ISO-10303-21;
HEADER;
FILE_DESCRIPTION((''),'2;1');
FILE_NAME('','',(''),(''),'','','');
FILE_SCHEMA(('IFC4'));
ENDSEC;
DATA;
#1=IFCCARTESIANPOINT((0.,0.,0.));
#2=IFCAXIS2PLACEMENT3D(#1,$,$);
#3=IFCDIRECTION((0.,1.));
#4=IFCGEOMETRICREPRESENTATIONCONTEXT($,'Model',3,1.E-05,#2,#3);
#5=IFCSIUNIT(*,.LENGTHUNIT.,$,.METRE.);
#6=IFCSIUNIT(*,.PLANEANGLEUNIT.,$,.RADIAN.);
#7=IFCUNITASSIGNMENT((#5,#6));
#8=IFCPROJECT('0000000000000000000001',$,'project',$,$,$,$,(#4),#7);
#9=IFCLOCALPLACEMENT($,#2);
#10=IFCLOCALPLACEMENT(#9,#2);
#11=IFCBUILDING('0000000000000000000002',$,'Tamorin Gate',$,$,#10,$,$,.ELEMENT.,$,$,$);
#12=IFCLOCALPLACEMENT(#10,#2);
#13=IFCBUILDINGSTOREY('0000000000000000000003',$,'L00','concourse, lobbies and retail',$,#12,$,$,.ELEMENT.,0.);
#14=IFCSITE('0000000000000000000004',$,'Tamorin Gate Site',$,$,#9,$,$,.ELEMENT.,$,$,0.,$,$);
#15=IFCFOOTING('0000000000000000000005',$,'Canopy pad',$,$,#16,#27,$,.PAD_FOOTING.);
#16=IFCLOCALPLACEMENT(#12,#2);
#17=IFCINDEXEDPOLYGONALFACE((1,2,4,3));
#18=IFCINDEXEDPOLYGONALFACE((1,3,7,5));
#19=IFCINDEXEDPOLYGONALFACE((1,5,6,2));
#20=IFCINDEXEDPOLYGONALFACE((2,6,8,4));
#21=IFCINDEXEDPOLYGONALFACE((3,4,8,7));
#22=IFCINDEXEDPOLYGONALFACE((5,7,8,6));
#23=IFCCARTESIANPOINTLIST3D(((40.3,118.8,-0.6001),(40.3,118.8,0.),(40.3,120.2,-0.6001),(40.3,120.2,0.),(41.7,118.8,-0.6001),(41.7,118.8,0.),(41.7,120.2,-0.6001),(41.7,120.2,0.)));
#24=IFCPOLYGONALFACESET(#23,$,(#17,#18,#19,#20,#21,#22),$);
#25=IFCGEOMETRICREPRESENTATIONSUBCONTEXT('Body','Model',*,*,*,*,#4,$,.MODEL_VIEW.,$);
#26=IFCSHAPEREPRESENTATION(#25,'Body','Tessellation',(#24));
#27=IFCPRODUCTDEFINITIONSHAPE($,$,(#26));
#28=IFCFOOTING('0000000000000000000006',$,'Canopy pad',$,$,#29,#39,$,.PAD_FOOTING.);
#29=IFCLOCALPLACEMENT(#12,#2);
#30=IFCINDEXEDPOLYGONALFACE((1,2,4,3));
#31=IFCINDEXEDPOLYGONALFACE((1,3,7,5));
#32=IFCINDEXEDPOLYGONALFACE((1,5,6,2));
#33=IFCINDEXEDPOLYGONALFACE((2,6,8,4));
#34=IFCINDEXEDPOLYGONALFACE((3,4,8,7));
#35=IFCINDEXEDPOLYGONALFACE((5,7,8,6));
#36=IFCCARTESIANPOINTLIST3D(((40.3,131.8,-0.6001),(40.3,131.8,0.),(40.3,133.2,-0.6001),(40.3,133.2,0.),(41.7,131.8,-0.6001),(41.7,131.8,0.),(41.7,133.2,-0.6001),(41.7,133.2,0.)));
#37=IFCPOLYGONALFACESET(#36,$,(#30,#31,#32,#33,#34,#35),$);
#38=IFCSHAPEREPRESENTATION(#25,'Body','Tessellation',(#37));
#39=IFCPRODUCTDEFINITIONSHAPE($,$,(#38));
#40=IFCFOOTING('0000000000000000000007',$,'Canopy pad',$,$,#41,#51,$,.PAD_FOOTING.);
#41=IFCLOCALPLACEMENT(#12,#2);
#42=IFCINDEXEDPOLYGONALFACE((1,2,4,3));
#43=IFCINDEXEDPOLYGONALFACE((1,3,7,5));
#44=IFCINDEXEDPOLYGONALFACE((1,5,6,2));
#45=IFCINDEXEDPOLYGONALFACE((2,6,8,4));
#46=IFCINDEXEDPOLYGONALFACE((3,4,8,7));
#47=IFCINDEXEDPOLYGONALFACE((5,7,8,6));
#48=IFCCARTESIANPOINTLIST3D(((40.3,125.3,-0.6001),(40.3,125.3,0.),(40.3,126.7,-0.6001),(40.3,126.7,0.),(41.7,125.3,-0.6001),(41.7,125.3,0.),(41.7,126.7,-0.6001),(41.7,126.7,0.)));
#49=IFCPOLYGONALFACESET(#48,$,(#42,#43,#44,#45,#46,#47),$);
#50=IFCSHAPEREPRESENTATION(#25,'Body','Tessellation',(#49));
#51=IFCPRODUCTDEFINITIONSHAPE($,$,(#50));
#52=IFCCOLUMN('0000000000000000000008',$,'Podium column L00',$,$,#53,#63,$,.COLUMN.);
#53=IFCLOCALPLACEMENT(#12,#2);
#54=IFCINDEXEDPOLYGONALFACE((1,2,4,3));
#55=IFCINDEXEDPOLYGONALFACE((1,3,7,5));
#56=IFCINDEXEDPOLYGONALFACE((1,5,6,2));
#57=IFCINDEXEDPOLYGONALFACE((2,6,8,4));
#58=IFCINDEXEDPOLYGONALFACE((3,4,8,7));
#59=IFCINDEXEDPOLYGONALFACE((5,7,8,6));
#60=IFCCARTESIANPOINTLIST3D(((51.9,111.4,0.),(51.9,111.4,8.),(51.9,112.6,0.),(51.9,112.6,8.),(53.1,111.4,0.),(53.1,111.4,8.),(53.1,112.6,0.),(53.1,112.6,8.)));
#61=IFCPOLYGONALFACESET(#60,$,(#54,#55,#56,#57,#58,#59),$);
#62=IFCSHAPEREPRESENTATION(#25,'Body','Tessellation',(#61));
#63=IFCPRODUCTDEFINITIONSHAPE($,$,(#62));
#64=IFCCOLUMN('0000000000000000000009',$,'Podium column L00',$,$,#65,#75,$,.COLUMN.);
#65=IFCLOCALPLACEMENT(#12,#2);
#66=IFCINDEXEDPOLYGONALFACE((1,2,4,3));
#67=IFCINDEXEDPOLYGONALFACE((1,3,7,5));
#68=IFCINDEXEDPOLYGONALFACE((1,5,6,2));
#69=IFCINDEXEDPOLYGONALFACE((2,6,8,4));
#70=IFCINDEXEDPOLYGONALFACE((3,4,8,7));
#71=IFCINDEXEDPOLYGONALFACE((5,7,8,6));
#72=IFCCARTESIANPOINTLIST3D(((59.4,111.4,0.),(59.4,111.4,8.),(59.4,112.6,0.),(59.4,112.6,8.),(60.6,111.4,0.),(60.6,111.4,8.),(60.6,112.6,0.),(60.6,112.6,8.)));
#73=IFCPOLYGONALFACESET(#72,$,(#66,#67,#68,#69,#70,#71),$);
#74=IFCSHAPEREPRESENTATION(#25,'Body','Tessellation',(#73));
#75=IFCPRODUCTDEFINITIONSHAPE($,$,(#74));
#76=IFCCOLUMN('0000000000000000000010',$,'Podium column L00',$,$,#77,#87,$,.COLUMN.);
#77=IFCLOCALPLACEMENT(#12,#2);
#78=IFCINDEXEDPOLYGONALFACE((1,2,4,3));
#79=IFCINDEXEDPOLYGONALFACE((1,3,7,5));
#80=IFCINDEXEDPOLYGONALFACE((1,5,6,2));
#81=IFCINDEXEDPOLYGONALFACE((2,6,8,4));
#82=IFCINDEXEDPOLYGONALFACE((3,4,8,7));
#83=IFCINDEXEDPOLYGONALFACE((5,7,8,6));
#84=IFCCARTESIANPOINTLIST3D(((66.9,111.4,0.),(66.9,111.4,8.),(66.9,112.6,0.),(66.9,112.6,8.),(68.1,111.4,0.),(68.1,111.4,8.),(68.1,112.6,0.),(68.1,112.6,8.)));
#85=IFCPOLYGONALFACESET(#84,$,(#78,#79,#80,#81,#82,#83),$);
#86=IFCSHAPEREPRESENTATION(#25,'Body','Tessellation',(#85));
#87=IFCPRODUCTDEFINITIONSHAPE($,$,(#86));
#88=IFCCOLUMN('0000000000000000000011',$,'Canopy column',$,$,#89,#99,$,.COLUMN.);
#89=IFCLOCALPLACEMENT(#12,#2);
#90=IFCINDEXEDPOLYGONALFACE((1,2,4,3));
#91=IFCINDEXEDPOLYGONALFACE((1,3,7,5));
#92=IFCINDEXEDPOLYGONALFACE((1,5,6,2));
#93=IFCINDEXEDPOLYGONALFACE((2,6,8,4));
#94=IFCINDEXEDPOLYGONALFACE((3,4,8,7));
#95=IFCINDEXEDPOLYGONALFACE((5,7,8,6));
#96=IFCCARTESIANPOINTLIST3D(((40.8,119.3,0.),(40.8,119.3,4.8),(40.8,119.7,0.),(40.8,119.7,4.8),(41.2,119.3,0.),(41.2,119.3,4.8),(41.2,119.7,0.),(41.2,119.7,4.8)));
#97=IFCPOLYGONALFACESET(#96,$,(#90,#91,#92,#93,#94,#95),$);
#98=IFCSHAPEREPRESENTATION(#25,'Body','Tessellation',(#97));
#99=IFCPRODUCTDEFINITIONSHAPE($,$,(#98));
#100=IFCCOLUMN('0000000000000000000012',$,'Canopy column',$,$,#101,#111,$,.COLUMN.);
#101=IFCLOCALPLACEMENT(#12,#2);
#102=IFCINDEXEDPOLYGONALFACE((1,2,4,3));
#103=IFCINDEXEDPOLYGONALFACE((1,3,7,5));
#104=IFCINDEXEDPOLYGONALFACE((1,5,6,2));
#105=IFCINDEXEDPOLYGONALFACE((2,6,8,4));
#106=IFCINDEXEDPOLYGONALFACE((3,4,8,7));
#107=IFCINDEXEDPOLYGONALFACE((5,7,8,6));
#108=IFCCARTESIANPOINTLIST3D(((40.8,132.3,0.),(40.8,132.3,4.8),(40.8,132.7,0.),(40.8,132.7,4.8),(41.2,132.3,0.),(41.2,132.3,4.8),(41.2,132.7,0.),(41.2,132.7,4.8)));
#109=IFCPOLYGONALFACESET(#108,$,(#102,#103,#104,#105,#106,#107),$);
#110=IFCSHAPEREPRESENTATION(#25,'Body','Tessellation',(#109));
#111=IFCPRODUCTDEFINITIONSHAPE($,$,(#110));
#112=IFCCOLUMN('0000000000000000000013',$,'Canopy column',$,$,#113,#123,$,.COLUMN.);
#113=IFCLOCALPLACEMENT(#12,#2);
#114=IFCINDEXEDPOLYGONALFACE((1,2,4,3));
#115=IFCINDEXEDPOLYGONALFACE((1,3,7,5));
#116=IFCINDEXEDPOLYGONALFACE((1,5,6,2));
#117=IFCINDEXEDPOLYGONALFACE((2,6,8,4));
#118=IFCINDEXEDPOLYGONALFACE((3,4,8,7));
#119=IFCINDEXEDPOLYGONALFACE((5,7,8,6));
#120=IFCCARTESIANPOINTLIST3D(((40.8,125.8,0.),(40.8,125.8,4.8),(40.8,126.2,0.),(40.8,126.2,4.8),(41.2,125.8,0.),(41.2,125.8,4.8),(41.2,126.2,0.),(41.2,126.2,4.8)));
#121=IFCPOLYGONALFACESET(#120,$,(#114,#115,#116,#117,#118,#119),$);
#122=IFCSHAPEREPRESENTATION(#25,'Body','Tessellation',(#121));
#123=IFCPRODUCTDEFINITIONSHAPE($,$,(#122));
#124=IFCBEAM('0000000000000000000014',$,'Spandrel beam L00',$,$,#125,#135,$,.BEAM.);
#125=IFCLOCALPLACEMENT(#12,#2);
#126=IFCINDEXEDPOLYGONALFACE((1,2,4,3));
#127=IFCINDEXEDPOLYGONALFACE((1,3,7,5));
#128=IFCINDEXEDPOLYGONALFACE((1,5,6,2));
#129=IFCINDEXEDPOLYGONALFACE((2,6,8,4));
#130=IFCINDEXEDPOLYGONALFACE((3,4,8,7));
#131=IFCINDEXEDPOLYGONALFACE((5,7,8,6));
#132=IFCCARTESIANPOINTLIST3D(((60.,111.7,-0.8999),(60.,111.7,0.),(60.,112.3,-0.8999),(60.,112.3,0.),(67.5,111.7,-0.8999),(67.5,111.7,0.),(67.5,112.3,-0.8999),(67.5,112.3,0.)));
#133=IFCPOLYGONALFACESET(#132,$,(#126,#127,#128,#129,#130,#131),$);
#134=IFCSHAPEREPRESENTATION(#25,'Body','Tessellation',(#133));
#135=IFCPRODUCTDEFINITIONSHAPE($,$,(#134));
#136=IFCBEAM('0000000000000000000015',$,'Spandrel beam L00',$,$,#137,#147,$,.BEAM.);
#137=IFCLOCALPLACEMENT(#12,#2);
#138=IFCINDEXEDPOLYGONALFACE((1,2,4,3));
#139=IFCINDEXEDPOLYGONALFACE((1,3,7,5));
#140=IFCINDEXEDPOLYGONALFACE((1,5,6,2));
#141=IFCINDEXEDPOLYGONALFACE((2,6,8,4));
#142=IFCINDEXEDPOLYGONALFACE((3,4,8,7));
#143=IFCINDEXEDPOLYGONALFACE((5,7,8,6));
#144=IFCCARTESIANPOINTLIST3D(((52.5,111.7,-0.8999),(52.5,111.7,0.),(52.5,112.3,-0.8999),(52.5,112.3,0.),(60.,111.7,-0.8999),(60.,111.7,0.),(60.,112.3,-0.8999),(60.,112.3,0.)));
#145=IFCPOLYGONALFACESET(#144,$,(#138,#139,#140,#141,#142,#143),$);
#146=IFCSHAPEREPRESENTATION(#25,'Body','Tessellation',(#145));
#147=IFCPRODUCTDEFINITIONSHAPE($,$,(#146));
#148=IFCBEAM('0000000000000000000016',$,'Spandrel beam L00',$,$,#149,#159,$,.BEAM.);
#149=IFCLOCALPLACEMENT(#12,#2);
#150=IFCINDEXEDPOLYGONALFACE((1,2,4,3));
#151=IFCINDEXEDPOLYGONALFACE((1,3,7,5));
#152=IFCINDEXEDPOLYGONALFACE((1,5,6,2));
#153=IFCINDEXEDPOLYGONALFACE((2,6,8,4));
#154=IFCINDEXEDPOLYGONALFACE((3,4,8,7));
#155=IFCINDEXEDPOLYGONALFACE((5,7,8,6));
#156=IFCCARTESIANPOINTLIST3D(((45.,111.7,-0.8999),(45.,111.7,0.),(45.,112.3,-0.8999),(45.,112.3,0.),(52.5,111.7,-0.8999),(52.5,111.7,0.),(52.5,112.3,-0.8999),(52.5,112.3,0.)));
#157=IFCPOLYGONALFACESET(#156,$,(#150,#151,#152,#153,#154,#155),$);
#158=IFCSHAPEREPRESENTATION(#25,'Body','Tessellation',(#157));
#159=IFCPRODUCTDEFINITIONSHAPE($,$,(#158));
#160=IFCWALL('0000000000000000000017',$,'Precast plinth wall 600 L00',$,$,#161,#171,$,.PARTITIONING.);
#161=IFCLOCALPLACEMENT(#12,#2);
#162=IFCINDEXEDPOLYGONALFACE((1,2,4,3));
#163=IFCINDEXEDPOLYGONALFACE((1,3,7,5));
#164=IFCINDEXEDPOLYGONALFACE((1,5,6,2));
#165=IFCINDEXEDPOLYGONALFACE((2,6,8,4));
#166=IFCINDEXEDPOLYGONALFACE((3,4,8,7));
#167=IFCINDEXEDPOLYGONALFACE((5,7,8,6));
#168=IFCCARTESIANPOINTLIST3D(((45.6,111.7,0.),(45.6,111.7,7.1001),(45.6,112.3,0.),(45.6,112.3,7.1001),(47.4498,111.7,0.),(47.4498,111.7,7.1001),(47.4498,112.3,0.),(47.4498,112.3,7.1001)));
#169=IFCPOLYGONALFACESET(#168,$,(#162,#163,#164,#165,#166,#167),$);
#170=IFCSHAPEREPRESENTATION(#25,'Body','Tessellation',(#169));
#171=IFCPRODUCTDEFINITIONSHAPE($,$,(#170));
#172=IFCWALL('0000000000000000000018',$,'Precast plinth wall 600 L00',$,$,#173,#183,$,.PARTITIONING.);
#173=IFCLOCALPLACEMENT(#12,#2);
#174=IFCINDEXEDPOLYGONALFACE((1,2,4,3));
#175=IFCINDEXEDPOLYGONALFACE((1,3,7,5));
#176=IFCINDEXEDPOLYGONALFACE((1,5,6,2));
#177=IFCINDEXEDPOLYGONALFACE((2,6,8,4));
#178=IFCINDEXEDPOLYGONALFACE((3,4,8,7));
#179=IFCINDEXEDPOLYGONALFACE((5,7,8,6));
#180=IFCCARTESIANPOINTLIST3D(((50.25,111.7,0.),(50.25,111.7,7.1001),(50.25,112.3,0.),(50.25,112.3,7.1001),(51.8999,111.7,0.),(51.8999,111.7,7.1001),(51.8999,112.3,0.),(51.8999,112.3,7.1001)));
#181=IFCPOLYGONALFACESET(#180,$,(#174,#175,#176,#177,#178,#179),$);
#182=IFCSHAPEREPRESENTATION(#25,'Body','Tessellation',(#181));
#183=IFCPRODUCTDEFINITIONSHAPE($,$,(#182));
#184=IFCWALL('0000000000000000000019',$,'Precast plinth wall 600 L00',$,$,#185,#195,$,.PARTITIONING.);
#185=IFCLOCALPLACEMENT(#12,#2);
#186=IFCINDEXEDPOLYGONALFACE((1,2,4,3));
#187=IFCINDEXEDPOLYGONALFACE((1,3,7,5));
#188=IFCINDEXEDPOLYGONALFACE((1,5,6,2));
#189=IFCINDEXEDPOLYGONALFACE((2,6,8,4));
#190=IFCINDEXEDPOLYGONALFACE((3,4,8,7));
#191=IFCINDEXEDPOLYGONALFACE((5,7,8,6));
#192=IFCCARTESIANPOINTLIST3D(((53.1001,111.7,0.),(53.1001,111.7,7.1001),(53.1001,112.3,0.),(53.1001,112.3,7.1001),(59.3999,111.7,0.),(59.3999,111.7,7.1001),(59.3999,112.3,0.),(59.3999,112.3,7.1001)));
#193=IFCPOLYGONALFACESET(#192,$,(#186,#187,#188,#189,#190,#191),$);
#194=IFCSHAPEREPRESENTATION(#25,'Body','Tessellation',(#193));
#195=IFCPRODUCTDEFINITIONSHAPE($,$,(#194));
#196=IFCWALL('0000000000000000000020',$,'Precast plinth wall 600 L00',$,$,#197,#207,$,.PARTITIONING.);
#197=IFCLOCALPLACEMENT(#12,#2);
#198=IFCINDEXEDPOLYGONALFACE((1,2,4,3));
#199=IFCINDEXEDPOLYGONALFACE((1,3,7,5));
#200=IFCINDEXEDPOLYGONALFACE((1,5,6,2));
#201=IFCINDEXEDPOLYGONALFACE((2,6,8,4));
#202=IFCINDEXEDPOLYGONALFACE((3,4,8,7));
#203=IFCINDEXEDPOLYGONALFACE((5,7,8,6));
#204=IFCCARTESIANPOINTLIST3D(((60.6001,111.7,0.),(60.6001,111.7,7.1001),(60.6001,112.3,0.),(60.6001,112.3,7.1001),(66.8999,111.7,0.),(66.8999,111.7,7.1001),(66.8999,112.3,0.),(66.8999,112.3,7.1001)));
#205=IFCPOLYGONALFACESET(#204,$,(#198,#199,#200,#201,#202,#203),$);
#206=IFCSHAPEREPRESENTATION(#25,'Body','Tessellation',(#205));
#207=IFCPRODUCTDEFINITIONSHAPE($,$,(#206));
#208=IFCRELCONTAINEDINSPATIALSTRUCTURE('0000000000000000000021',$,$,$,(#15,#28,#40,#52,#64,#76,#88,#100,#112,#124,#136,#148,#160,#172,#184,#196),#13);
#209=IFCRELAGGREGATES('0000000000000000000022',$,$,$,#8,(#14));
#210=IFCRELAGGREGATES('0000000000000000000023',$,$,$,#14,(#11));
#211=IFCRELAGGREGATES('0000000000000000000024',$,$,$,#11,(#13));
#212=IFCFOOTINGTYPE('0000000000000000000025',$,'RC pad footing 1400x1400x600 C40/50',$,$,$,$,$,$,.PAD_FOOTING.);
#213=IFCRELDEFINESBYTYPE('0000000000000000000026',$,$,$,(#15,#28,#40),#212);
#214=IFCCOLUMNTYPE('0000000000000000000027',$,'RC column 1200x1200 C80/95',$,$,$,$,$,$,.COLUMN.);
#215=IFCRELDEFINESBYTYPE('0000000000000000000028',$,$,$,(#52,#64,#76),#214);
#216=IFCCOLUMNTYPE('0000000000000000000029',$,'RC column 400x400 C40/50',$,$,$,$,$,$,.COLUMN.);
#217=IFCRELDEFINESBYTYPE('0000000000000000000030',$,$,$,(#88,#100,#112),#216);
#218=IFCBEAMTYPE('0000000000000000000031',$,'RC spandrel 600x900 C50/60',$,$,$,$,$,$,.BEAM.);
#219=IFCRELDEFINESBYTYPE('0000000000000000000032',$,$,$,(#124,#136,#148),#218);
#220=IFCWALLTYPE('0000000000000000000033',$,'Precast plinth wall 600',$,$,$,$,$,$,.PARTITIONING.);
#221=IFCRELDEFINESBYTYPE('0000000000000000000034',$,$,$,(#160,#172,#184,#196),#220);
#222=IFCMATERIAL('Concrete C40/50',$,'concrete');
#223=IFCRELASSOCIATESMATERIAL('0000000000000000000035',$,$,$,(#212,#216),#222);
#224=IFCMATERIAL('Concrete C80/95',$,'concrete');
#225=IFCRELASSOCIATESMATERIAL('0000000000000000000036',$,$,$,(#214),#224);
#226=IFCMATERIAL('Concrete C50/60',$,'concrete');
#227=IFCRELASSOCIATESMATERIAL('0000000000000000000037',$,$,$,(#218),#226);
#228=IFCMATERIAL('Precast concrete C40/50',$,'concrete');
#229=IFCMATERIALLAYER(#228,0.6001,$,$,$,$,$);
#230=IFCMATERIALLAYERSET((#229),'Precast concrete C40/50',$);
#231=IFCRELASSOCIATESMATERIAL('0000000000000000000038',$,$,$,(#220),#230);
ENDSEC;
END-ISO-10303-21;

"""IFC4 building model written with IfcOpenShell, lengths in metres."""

from ifc_helpers import new_model, si_unit, direction, frame, frame_2d, origin, origin_2d, place, context, subcontext, project, spatial, rectangle, extrude, material, layer, layer_set, material_profile, profile_set, type_object, element, save


model = new_model("IFC4")

# Units and contexts
model_context = context("Model", 3, precision=1e-05, world=origin(), true_north=direction((0.0, 1.0)))
body_context = subcontext(model_context, "Body", "Model", "MODEL_VIEW")
ifc_project = project(units=[si_unit("LENGTHUNIT", "METRE"), si_unit("PLANEANGLEUNIT", "RADIAN")], contexts=[model_context])

# Site, building, storey
site_placement = place(None, origin())
site = spatial("IfcSite", under=ifc_project, at=site_placement, Name="Tamorin Gate Site", CompositionType="ELEMENT", RefElevation=0.0)
building_placement = place(site_placement, origin())
building = spatial("IfcBuilding", under=site, at=building_placement, Name="Tamorin Gate", CompositionType="ELEMENT")
storey_placement = place(building_placement, origin())
storey = spatial("IfcBuildingStorey", under=building, at=storey_placement, Name="L00", Description="concourse, lobbies and retail", CompositionType="ELEMENT", Elevation=0.0)

# Footings
ifc_material_1 = material(Name="Concrete C40/50", Category="concrete")
footing_type = type_object("IfcFootingType", Name="RC pad footing 1400x1400x600 C40/50", PredefinedType="PAD_FOOTING", material=ifc_material_1)
for number, where, z_axis, x_axis, name in (
    (1, (41.0, 119.5, -0.6001), (0.0, 0.0, 1.0), (1.0, 0.0, 0.0), "Canopy pad"),
    (2, (41.0, 132.5, -0.6001), (0.0, 0.0, 1.0), (1.0, 0.0, 0.0), "Canopy pad"),
    (3, (41.0, 126.0, -0.6001), (0.0, 0.0, 1.0), (1.0, 0.0, 0.0), "Canopy pad"),
):
    element("IfcFooting", number, at=place(storey_placement, frame(where, z_axis=z_axis, x_axis=x_axis)), inside=storey, type_object=footing_type, Name=name, PredefinedType="PAD_FOOTING", context=body_context, shape_type="SweptSolid", body=[
        extrude(rectangle(XDim=1.3999, YDim=1.3999, at=origin_2d()), origin(), (0.0, 0.0, 1.0), 0.6001),
    ])

# Columns
ifc_material_2 = material(Name="Concrete C80/95", Category="concrete")
ifc_material_profile_1 = material_profile(ifc_material_2, rectangle(XDim=1.2, YDim=1.2, at=origin_2d()), Name="RC 1200x1200")
ifc_profile_set_1 = profile_set([ifc_material_profile_1], Name="Concrete C80/95")
column_type_1 = type_object("IfcColumnType", Name="RC column 1200x1200 C80/95", PredefinedType="COLUMN", material=ifc_profile_set_1)
for number, where, z_axis, x_axis, name in (
    (4, (52.5, 112.0, 0.0), (0.0, 0.0, 1.0), (1.0, 0.0, 0.0), "Podium column L00"),
    (5, (60.0, 112.0, 0.0), (0.0, 0.0, 1.0), (1.0, 0.0, 0.0), "Podium column L00"),
    (6, (67.5, 112.0, 0.0), (0.0, 0.0, 1.0), (1.0, 0.0, 0.0), "Podium column L00"),
):
    element("IfcColumn", number, at=place(storey_placement, frame(where, z_axis=z_axis, x_axis=x_axis)), inside=storey, type_object=column_type_1, Name=name, PredefinedType="COLUMN", context=body_context, shape_type="SweptSolid", body=[
        extrude(rectangle(XDim=1.2, YDim=1.2, at=origin_2d()), origin(), (0.0, 0.0, 1.0), 8.0),
    ])
ifc_material_profile_2 = material_profile(ifc_material_1, rectangle(XDim=0.3999, YDim=0.3999, at=origin_2d()))
ifc_profile_set_2 = profile_set([ifc_material_profile_2], Name="Concrete C40/50")
column_type_2 = type_object("IfcColumnType", Name="RC column 400x400 C40/50", PredefinedType="COLUMN", material=ifc_profile_set_2)
for number, where, z_axis, x_axis, name in (
    (7, (41.0, 119.5, 0.0), (0.0, 0.0, 1.0), (1.0, 0.0, 0.0), "Canopy column"),
    (8, (41.0, 132.5, 0.0), (0.0, 0.0, 1.0), (1.0, 0.0, 0.0), "Canopy column"),
    (9, (41.0, 126.0, 0.0), (0.0, 0.0, 1.0), (1.0, 0.0, 0.0), "Canopy column"),
):
    element("IfcColumn", number, at=place(storey_placement, frame(where, z_axis=z_axis, x_axis=x_axis)), inside=storey, type_object=column_type_2, Name=name, PredefinedType="COLUMN", context=body_context, shape_type="SweptSolid", body=[
        extrude(rectangle(XDim=0.3999, YDim=0.3999, at=origin_2d()), origin(), (0.0, 0.0, 1.0), 4.8),
    ])

# Beams
ifc_material_3 = material(Name="Concrete C50/60", Category="concrete")
ifc_material_profile_3 = material_profile(ifc_material_3, rectangle(XDim=0.6001, YDim=0.8999, at=origin_2d()), Name="RC 600x900")
ifc_profile_set_3 = profile_set([ifc_material_profile_3], Name="Concrete C50/60")
beam_type = type_object("IfcBeamType", Name="RC spandrel 600x900 C50/60", PredefinedType="BEAM", material=ifc_profile_set_3)
for number, where, z_axis, x_axis, name in (
    (10, (67.5, 112.0, -0.45), (-1.0, 0.0, 0.0), (0.0, -1.0, 0.0), "Spandrel beam L00"),
    (11, (60.0, 112.0, -0.45), (-1.0, 0.0, 0.0), (0.0, -1.0, 0.0), "Spandrel beam L00"),
    (12, (52.5, 112.0, -0.45), (-1.0, 0.0, 0.0), (0.0, -1.0, 0.0), "Spandrel beam L00"),
):
    element("IfcBeam", number, at=place(storey_placement, frame(where, z_axis=z_axis, x_axis=x_axis)), inside=storey, type_object=beam_type, Name=name, PredefinedType="BEAM", context=body_context, shape_type="SweptSolid", body=[
        extrude(rectangle(XDim=0.6001, YDim=0.8999, at=origin_2d()), origin(), (0.0, 0.0, 1.0), 7.5),
    ])

# Shared definitions
ifc_material_4 = material(Name="Precast concrete C40/50", Category="concrete")
ifc_layer = layer(ifc_material_4, 0.6001)
ifc_layer_set = layer_set([ifc_layer], Name="Precast concrete C40/50")
wall_type = type_object("IfcWallType", Name="Precast plinth wall 600", PredefinedType="PARTITIONING", material=ifc_layer_set)

# Walls
wall_1_placement = place(storey_placement, frame((45.6001, 112.0, 0.0), z_axis=(0.0, 0.0, 1.0), x_axis=(1.0, 0.0, 0.0)))
element("IfcWall", 13, at=wall_1_placement, inside=storey, type_object=wall_type, Name="Precast plinth wall 600 L00", PredefinedType="PARTITIONING", context=body_context, shape_type="SweptSolid", body=[
    extrude(rectangle(XDim=1.8499, YDim=0.6001, at=frame_2d((0.9248, 0.0))), origin(), (0.0, 0.0, 1.0), 7.1001),
])
wall_2_placement = place(storey_placement, frame((50.25, 112.0, 0.0), z_axis=(0.0, 0.0, 1.0), x_axis=(1.0, 0.0, 0.0)))
element("IfcWall", 14, at=wall_2_placement, inside=storey, type_object=wall_type, Name="Precast plinth wall 600 L00", PredefinedType="PARTITIONING", context=body_context, shape_type="SweptSolid", body=[
    extrude(rectangle(XDim=1.6499, YDim=0.6001, at=frame_2d((0.825, 0.0))), origin(), (0.0, 0.0, 1.0), 7.1001),
])
for number, where, z_axis, x_axis, name in (
    (15, (53.1001, 112.0, 0.0), (0.0, 0.0, 1.0), (1.0, 0.0, 0.0), "Precast plinth wall 600 L00"),
    (16, (60.6001, 112.0, 0.0), (0.0, 0.0, 1.0), (1.0, 0.0, 0.0), "Precast plinth wall 600 L00"),
):
    element("IfcWall", number, at=place(storey_placement, frame(where, z_axis=z_axis, x_axis=x_axis)), inside=storey, type_object=wall_type, Name=name, PredefinedType="PARTITIONING", context=body_context, shape_type="SweptSolid", body=[
        extrude(rectangle(XDim=6.2998, YDim=0.6001, at=frame_2d((3.1499, 0.0))), origin(), (0.0, 0.0, 1.0), 7.1001),
    ])

save(model, "model.ifc")
